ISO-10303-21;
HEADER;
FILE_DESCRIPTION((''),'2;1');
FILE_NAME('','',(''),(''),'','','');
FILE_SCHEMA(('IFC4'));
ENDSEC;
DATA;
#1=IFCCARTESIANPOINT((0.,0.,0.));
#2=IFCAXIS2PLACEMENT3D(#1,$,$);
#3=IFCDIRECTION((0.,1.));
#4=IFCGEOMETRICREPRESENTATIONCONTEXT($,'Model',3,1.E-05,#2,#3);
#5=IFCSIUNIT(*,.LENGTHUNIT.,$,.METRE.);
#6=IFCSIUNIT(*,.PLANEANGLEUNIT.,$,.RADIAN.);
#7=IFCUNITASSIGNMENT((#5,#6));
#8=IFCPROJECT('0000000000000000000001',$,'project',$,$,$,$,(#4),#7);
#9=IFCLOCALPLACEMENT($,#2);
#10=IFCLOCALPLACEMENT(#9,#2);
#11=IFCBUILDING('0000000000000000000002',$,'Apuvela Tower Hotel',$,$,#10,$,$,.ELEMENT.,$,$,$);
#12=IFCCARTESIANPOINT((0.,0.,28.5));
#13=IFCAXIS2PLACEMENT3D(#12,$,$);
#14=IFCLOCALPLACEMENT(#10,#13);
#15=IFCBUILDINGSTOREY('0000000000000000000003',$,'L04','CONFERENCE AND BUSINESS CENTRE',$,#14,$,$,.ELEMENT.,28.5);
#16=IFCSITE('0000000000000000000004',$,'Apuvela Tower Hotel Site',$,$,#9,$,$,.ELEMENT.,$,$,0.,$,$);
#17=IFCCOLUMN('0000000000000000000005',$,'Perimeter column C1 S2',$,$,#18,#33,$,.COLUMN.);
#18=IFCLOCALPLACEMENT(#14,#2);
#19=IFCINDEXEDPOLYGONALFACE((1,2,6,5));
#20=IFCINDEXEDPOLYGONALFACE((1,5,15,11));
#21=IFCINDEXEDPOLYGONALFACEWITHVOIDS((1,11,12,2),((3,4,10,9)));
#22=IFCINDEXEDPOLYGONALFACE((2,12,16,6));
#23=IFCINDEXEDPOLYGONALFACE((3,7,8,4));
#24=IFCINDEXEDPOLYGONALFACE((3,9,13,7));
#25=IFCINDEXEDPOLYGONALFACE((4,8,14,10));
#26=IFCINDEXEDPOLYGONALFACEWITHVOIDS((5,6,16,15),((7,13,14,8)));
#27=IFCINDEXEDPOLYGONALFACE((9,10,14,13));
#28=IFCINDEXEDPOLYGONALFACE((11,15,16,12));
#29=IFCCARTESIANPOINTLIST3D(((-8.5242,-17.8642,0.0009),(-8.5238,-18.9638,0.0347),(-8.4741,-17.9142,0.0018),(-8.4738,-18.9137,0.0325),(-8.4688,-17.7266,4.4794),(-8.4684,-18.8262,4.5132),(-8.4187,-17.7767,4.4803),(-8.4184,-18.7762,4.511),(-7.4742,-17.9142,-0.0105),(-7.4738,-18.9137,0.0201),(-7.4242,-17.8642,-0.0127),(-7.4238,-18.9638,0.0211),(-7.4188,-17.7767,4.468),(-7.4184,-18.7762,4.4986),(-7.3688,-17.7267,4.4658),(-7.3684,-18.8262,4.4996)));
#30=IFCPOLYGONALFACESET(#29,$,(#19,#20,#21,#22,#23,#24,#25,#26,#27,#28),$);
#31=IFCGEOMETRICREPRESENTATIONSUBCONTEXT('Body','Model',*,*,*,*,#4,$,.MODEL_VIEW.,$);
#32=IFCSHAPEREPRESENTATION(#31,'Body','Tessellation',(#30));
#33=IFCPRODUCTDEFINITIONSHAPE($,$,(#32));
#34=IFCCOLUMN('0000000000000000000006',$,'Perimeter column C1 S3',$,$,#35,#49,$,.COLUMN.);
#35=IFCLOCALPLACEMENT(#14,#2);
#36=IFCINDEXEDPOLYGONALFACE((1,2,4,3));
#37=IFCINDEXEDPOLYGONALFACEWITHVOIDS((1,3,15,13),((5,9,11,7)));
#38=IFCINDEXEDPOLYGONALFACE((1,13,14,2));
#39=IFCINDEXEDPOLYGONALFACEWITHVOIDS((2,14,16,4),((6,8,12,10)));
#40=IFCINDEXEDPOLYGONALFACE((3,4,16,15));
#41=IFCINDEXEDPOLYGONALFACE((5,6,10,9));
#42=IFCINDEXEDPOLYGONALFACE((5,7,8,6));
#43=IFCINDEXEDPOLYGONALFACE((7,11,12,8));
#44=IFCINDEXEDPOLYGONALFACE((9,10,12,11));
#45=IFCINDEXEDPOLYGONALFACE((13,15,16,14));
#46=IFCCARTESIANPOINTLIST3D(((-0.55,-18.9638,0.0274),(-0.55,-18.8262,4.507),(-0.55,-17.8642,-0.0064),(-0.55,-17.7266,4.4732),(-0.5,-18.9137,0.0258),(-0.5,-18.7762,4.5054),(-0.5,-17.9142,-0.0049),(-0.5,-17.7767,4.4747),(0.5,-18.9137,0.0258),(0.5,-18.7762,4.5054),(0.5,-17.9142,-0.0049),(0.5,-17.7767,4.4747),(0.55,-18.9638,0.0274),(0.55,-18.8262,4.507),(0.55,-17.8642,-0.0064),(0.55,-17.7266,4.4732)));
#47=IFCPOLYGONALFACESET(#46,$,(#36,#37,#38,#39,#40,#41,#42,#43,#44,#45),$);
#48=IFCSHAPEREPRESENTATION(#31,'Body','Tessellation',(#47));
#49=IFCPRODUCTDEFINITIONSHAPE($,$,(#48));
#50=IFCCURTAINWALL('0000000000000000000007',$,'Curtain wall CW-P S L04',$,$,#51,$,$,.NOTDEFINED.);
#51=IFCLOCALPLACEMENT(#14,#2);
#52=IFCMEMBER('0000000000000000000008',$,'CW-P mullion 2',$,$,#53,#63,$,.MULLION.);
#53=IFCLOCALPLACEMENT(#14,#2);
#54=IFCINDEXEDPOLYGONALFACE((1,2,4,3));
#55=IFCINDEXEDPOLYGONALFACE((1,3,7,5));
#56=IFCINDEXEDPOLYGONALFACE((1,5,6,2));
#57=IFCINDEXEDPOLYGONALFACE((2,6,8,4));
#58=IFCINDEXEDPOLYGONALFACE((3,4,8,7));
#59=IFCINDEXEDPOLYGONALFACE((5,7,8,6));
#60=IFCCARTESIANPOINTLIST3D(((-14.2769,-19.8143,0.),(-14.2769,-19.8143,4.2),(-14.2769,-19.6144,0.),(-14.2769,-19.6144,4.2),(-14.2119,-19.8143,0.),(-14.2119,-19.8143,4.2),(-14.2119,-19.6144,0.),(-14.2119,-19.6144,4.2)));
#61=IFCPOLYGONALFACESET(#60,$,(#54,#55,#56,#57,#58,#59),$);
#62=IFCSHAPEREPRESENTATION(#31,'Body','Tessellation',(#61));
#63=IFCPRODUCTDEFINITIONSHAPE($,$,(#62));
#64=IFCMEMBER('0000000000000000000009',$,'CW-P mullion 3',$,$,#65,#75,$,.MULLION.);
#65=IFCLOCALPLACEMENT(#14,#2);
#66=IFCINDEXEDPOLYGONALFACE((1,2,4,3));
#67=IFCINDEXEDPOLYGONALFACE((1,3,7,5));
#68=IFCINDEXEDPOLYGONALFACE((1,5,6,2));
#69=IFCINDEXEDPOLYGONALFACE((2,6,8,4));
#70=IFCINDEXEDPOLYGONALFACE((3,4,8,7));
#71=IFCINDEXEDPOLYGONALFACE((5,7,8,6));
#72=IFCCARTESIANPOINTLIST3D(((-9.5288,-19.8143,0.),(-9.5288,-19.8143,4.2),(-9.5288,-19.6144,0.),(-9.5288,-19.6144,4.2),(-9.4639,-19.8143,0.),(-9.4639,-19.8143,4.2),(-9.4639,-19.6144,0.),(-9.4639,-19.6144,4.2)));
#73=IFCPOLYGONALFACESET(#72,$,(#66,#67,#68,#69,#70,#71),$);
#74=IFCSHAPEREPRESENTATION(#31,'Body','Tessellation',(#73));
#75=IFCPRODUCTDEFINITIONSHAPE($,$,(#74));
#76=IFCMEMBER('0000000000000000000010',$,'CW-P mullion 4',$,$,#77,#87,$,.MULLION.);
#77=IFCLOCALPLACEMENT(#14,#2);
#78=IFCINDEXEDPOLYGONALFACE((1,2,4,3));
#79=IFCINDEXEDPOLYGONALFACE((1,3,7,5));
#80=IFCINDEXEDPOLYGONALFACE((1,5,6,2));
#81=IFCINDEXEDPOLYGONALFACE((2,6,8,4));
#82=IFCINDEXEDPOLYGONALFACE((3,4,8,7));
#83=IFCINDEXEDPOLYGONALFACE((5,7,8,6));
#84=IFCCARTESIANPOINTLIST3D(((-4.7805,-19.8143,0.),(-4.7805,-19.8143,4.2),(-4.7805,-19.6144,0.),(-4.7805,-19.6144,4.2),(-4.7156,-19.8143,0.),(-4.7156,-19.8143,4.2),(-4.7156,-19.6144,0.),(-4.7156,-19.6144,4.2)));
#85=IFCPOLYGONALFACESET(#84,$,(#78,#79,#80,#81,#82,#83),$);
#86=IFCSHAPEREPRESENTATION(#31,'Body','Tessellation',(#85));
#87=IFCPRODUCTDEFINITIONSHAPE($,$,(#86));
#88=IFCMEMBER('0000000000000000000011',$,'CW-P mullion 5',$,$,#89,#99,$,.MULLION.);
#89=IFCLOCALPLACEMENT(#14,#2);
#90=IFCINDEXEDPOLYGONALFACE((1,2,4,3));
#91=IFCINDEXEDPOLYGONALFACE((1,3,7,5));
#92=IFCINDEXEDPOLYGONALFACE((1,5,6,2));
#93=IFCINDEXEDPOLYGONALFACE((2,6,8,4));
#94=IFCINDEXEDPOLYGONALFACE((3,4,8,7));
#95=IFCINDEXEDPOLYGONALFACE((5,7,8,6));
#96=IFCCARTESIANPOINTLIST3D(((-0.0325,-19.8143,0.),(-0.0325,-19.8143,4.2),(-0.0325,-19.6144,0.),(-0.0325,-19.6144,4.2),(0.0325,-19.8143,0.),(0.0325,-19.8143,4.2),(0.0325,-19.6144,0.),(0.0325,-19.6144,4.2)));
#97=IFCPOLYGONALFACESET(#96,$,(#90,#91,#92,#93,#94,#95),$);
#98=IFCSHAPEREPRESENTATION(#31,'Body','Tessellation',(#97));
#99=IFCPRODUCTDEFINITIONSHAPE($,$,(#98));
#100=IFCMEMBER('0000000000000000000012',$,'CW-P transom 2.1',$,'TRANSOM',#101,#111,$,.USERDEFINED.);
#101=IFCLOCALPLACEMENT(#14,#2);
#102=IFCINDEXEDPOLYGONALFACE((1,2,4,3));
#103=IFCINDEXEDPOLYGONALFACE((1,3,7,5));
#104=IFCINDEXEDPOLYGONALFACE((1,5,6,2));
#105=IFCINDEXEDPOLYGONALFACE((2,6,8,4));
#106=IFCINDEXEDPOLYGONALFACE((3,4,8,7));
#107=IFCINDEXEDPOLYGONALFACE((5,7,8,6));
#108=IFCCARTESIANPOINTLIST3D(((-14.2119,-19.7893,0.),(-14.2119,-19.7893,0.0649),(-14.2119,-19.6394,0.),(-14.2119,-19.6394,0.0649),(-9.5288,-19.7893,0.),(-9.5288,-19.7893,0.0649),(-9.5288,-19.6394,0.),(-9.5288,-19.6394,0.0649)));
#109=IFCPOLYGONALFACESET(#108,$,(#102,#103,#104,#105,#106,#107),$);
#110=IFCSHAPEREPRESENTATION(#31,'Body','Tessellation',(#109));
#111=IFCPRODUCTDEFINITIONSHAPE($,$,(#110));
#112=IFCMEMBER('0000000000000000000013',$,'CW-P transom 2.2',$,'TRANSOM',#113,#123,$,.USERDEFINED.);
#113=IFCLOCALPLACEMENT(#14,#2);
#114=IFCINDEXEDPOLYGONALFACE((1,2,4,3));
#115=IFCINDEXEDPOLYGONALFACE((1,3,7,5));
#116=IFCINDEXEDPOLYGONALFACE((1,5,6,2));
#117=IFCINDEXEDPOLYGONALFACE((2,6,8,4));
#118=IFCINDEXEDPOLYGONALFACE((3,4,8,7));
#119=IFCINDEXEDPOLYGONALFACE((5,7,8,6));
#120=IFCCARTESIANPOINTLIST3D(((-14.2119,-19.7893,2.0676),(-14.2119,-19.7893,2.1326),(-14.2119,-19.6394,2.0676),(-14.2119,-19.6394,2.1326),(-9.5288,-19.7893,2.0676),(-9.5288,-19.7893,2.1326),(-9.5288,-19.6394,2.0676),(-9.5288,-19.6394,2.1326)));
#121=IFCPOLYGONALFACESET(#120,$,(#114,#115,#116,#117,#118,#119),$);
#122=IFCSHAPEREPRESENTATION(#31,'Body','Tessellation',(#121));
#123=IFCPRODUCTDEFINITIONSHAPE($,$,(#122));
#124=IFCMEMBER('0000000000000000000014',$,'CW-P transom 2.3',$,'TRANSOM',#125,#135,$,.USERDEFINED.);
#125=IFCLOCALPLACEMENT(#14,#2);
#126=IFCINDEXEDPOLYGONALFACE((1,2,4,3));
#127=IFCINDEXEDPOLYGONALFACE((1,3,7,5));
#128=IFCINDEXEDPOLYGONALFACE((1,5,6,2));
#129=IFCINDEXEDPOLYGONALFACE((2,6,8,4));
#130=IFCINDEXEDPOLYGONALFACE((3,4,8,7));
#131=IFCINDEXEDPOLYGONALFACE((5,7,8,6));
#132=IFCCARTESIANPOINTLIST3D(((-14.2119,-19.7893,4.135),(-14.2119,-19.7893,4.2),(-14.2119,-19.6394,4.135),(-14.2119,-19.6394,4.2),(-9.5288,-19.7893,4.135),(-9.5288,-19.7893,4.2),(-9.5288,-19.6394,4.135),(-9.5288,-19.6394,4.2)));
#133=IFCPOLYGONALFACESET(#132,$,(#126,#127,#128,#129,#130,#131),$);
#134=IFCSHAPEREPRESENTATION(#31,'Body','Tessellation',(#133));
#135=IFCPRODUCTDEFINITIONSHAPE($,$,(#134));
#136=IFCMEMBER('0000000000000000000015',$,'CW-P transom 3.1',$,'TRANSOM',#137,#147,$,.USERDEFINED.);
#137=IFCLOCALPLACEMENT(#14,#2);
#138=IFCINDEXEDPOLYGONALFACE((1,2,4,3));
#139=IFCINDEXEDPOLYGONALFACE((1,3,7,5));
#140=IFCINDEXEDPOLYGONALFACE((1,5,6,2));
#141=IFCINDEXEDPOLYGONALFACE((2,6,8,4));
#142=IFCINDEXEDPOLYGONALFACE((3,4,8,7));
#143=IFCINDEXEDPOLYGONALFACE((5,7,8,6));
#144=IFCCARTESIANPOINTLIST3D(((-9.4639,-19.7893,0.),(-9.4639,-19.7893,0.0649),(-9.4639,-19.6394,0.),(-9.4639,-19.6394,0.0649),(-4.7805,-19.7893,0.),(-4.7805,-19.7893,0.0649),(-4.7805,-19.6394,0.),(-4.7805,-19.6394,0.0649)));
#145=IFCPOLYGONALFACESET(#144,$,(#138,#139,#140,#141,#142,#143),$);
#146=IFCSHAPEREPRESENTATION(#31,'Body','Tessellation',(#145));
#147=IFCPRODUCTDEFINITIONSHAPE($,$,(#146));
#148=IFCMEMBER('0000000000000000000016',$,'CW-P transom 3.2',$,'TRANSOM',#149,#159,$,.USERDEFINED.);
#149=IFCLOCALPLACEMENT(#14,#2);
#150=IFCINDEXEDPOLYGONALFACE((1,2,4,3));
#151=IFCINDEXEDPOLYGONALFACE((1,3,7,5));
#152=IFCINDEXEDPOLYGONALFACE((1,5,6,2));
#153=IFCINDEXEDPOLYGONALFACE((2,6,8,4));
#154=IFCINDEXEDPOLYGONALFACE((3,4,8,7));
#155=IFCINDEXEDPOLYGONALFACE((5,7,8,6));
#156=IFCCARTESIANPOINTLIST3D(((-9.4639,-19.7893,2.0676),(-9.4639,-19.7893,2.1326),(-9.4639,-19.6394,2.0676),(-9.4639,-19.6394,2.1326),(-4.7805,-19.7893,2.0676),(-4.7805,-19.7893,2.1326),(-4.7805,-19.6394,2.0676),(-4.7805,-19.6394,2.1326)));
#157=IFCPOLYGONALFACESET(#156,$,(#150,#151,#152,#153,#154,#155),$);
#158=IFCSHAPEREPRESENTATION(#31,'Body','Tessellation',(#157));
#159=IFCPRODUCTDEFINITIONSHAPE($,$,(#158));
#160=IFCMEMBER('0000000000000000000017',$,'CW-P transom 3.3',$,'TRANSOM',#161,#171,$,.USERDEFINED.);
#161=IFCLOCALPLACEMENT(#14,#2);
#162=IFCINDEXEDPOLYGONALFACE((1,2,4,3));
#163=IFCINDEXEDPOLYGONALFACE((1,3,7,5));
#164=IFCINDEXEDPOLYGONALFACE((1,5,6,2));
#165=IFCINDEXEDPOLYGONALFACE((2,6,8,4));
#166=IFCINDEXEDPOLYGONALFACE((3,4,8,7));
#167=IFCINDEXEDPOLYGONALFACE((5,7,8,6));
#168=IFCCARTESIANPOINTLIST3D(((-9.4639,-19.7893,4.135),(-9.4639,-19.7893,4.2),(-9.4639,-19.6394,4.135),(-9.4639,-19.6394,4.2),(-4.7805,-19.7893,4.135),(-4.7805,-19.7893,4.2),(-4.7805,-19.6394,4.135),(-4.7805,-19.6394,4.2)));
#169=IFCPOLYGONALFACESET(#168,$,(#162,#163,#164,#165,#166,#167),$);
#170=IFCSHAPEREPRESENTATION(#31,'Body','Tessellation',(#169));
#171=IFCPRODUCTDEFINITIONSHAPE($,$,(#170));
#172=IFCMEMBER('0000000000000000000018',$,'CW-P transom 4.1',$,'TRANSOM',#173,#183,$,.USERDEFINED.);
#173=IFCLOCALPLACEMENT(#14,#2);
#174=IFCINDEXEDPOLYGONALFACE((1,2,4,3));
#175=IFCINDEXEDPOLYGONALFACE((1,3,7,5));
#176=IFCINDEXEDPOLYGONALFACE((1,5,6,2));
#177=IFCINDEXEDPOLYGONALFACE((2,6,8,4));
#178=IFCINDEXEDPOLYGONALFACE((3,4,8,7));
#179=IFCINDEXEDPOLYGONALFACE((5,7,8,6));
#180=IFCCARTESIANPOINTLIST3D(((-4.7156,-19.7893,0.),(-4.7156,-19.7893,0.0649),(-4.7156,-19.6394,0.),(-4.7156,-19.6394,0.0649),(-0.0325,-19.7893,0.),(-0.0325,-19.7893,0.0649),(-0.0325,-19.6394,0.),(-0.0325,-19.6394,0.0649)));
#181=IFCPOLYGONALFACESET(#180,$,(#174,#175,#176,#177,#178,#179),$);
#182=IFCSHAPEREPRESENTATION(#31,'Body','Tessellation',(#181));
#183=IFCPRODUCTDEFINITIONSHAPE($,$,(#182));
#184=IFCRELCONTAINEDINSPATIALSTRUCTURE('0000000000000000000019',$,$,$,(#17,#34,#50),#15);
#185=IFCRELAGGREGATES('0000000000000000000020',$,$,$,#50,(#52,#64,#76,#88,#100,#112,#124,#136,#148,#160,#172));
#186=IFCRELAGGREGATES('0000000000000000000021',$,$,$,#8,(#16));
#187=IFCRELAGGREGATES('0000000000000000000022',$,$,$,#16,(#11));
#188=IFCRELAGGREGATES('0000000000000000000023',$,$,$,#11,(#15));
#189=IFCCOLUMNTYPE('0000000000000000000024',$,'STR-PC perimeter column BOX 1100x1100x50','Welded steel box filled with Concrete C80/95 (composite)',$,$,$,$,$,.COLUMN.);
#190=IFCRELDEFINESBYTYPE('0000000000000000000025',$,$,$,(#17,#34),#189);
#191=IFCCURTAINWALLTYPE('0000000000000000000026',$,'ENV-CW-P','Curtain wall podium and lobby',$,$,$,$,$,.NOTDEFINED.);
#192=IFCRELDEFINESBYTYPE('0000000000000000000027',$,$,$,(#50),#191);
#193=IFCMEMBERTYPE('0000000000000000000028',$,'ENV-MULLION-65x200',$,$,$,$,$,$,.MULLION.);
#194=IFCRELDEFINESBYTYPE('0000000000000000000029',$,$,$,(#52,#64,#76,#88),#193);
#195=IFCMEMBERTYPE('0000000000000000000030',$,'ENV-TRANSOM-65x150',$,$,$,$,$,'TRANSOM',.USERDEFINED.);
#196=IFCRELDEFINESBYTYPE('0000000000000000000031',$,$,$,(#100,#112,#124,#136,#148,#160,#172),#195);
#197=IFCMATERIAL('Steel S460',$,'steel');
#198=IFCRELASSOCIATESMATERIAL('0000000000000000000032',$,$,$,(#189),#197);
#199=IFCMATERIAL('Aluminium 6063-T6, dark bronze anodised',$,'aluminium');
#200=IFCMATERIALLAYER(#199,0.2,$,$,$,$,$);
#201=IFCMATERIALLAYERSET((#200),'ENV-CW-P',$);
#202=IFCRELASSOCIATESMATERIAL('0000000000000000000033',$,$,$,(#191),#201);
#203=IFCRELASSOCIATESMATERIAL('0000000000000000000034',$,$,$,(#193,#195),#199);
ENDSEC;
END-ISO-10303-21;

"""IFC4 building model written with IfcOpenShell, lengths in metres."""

from ifc_helpers import new_model, si_unit, direction, frame, origin, origin_2d, place, context, subcontext, project, spatial, rectangle, hollow_rectangle, extrude, boolean, halfspace, material, layer, layer_set, material_profile, profile_set, type_object, element, aggregate, save


model = new_model("IFC4")

# Units and contexts
model_context = context("Model", 3, precision=1e-05, world=origin(), true_north=direction((0.0, 1.0)))
body_context = subcontext(model_context, "Body", "Model", "MODEL_VIEW")
ifc_project = project(units=[si_unit("LENGTHUNIT", "METRE"), si_unit("PLANEANGLEUNIT", "RADIAN")], contexts=[model_context])

# Site, building, storey
site_placement = place(None, origin())
site = spatial("IfcSite", under=ifc_project, at=site_placement, Name="Apuvela Tower Hotel Site", CompositionType="ELEMENT", RefElevation=0.0)
building_placement = place(site_placement, origin())
building = spatial("IfcBuilding", under=site, at=building_placement, Name="Apuvela Tower Hotel", CompositionType="ELEMENT")
storey_placement = place(building_placement, frame((0.0, 0.0, 28.5)))
storey = spatial("IfcBuildingStorey", under=building, at=storey_placement, Name="L04", Description="CONFERENCE AND BUSINESS CENTRE", CompositionType="ELEMENT", Elevation=28.5)

# Columns
ifc_material_1 = material(Name="Steel S460", Category="steel")
ifc_material_profile_1 = material_profile(ifc_material_1, hollow_rectangle(XDim=1.1001, YDim=1.1001, WallThickness=0.05, at=origin_2d()), Name="BOX 1100x1100x50")
ifc_material_2 = material(Name="Concrete C80/95", Category="concrete")
ifc_material_profile_2 = material_profile(ifc_material_2, rectangle(XDim=1.0, YDim=1.0, at=origin_2d()), Name="Concrete C80/95 infill")
ifc_profile_set_1 = profile_set([ifc_material_profile_1, ifc_material_profile_2], Name="Steel S460")
column_type = type_object("IfcColumnType", Name="STR-PC perimeter column BOX 1100x1100x50", Description="Welded steel box filled with Concrete C80/95 (composite)", PredefinedType="COLUMN", material=ifc_profile_set_1)
column_1_placement = place(storey_placement, frame((-7.9741, -18.4143, 0.0), z_axis=(0.012363, 0.030691, 0.999452), x_axis=(-0.999924, 0.000014, 0.012368)))
element("IfcColumn", 1, at=column_1_placement, inside=storey, type_object=column_type, Name="Perimeter column C1 S2", PredefinedType="COLUMN", context=body_context, shape_type="SweptSolid", body=[
    boolean("DIFFERENCE", boolean("DIFFERENCE", extrude(hollow_rectangle(XDim=1.1001, YDim=1.1001, WallThickness=0.05, at=origin_2d()), origin(), (0.0, 0.0, 1.0), 4.5024), halfspace(frame((0.0, 0.0, 0.011), z_axis=(0.0, 0.0, 1.0), x_axis=(1.0, 0.0, 0.0)), True)), halfspace(frame((0.0, 0.0, 4.4919), z_axis=(0.0, 0.0, 1.0), x_axis=(1.0, 0.0, 0.0)), False)),
])
column_2_placement = place(storey_placement, frame((0.0, -18.4143, 0.0), z_axis=(0.0, 0.030693, 0.999529), x_axis=(-1.0, 0.0, 0.0)))
element("IfcColumn", 2, at=column_2_placement, inside=storey, type_object=column_type, Name="Perimeter column C1 S3", PredefinedType="COLUMN", context=body_context, shape_type="SweptSolid", body=[
    boolean("DIFFERENCE", boolean("DIFFERENCE", extrude(hollow_rectangle(XDim=1.1001, YDim=1.1001, WallThickness=0.05, at=origin_2d()), origin(), (0.0, 0.0, 1.0), 4.5022), halfspace(frame((0.0, 0.0, 0.0105), z_axis=(0.0, 0.0, 1.0), x_axis=(1.0, 0.0, 0.0)), True)), halfspace(frame((0.0, 0.0, 4.4922), z_axis=(0.0, 0.0, 1.0), x_axis=(1.0, 0.0, 0.0)), False)),
])

# Curtain wall, members
ifc_material_3 = material(Name="Aluminium 6063-T6, dark bronze anodised", Category="aluminium")
ifc_layer_1 = layer(ifc_material_3, 0.2)
ifc_layer_set_1 = layer_set([ifc_layer_1], Name="ENV-CW-P")
curtain_wall_type = type_object("IfcCurtainWallType", Name="ENV-CW-P", Description="Curtain wall podium and lobby", PredefinedType="NOTDEFINED", material=ifc_layer_set_1)
curtain_wall_placement = place(storey_placement, origin())
curtain_wall = element("IfcCurtainWall", 3, at=curtain_wall_placement, inside=storey, type_object=curtain_wall_type, Name="Curtain wall CW-P S L04", PredefinedType="NOTDEFINED")
ifc_material_profile_3 = material_profile(ifc_material_3, rectangle(XDim=0.2, YDim=0.0649, at=origin_2d()), Name="AL 65x200")
ifc_profile_set_2 = profile_set([ifc_material_profile_3], Name="Aluminium 6063-T6, dark bronze anodised")
member_type_1 = type_object("IfcMemberType", Name="ENV-MULLION-65x200", PredefinedType="MULLION", material=ifc_profile_set_2)
member_1_placement = place(storey_placement, frame((-14.2444, -19.7144, 0.0), z_axis=(0.0, 0.0, 1.0), x_axis=(0.0, 1.0, 0.0)))
member_1 = element("IfcMember", 4, at=member_1_placement, type_object=member_type_1, Name="CW-P mullion 2", PredefinedType="MULLION", context=body_context, shape_type="SweptSolid", body=[
    extrude(rectangle(XDim=0.2, YDim=0.0649, at=origin_2d()), origin(), (0.0, 0.0, 1.0), 4.2),
])
member_2_placement = place(storey_placement, frame((-9.4963, -19.7144, 0.0), z_axis=(0.0, 0.0, 1.0), x_axis=(0.0, 1.0, 0.0)))
member_2 = element("IfcMember", 5, at=member_2_placement, type_object=member_type_1, Name="CW-P mullion 3", PredefinedType="MULLION", context=body_context, shape_type="SweptSolid", body=[
    extrude(rectangle(XDim=0.2, YDim=0.0649, at=origin_2d()), origin(), (0.0, 0.0, 1.0), 4.2),
])
member_3_placement = place(storey_placement, frame((-4.748, -19.7144, 0.0), z_axis=(0.0, 0.0, 1.0), x_axis=(0.0, 1.0, 0.0)))
member_3 = element("IfcMember", 6, at=member_3_placement, type_object=member_type_1, Name="CW-P mullion 4", PredefinedType="MULLION", context=body_context, shape_type="SweptSolid", body=[
    extrude(rectangle(XDim=0.2, YDim=0.0649, at=origin_2d()), origin(), (0.0, 0.0, 1.0), 4.2),
])
member_4_placement = place(storey_placement, frame((0.0, -19.7144, 0.0), z_axis=(0.0, 0.0, 1.0), x_axis=(0.0, 1.0, 0.0)))
member_4 = element("IfcMember", 7, at=member_4_placement, type_object=member_type_1, Name="CW-P mullion 5", PredefinedType="MULLION", context=body_context, shape_type="SweptSolid", body=[
    extrude(rectangle(XDim=0.2, YDim=0.0649, at=origin_2d()), origin(), (0.0, 0.0, 1.0), 4.2),
])
ifc_material_profile_4 = material_profile(ifc_material_3, rectangle(XDim=0.1499, YDim=0.0649, at=origin_2d()), Name="AL 65x150 transom")
ifc_profile_set_3 = profile_set([ifc_material_profile_4], Name="Aluminium 6063-T6, dark bronze anodised")
member_type_2 = type_object("IfcMemberType", Name="ENV-TRANSOM-65x150", ElementType="TRANSOM", PredefinedType="USERDEFINED", material=ifc_profile_set_3)
member_5_placement = place(storey_placement, frame((-14.2119, -19.7144, 0.0325), z_axis=(1.0, 0.0, 0.0), x_axis=(0.0, 1.0, 0.0)))
member_5 = element("IfcMember", 8, at=member_5_placement, type_object=member_type_2, Name="CW-P transom 2.1", ObjectType="TRANSOM", PredefinedType="USERDEFINED", context=body_context, shape_type="SweptSolid", body=[
    extrude(rectangle(XDim=0.1499, YDim=0.0649, at=origin_2d()), origin(), (0.0, 0.0, 1.0), 4.6831),
])
member_6_placement = place(storey_placement, frame((-14.2119, -19.7144, 2.1001), z_axis=(1.0, 0.0, 0.0), x_axis=(0.0, 1.0, 0.0)))
member_6 = element("IfcMember", 9, at=member_6_placement, type_object=member_type_2, Name="CW-P transom 2.2", ObjectType="TRANSOM", PredefinedType="USERDEFINED", context=body_context, shape_type="SweptSolid", body=[
    extrude(rectangle(XDim=0.1499, YDim=0.0649, at=origin_2d()), origin(), (0.0, 0.0, 1.0), 4.6831),
])
member_7_placement = place(storey_placement, frame((-14.2119, -19.7144, 4.1675), z_axis=(1.0, 0.0, 0.0), x_axis=(0.0, 1.0, 0.0)))
member_7 = element("IfcMember", 10, at=member_7_placement, type_object=member_type_2, Name="CW-P transom 2.3", ObjectType="TRANSOM", PredefinedType="USERDEFINED", context=body_context, shape_type="SweptSolid", body=[
    extrude(rectangle(XDim=0.1499, YDim=0.0649, at=origin_2d()), origin(), (0.0, 0.0, 1.0), 4.6831),
])
member_8_placement = place(storey_placement, frame((-9.4639, -19.7144, 0.0325), z_axis=(1.0, 0.0, 0.0), x_axis=(0.0, 1.0, 0.0)))
member_8 = element("IfcMember", 11, at=member_8_placement, type_object=member_type_2, Name="CW-P transom 3.1", ObjectType="TRANSOM", PredefinedType="USERDEFINED", context=body_context, shape_type="SweptSolid", body=[
    extrude(rectangle(XDim=0.1499, YDim=0.0649, at=origin_2d()), origin(), (0.0, 0.0, 1.0), 4.6833),
])
member_9_placement = place(storey_placement, frame((-9.4639, -19.7144, 2.1001), z_axis=(1.0, 0.0, 0.0), x_axis=(0.0, 1.0, 0.0)))
member_9 = element("IfcMember", 12, at=member_9_placement, type_object=member_type_2, Name="CW-P transom 3.2", ObjectType="TRANSOM", PredefinedType="USERDEFINED", context=body_context, shape_type="SweptSolid", body=[
    extrude(rectangle(XDim=0.1499, YDim=0.0649, at=origin_2d()), origin(), (0.0, 0.0, 1.0), 4.6833),
])
member_10_placement = place(storey_placement, frame((-9.4639, -19.7144, 4.1675), z_axis=(1.0, 0.0, 0.0), x_axis=(0.0, 1.0, 0.0)))
member_10 = element("IfcMember", 13, at=member_10_placement, type_object=member_type_2, Name="CW-P transom 3.3", ObjectType="TRANSOM", PredefinedType="USERDEFINED", context=body_context, shape_type="SweptSolid", body=[
    extrude(rectangle(XDim=0.1499, YDim=0.0649, at=origin_2d()), origin(), (0.0, 0.0, 1.0), 4.6833),
])
member_11_placement = place(storey_placement, frame((-4.7156, -19.7144, 0.0325), z_axis=(1.0, 0.0, 0.0), x_axis=(0.0, 1.0, 0.0)))
member_11 = element("IfcMember", 14, at=member_11_placement, type_object=member_type_2, Name="CW-P transom 4.1", ObjectType="TRANSOM", PredefinedType="USERDEFINED", context=body_context, shape_type="SweptSolid", body=[
    extrude(rectangle(XDim=0.1499, YDim=0.0649, at=origin_2d()), origin(), (0.0, 0.0, 1.0), 4.6831),
])

aggregate(curtain_wall, [member_1, member_2, member_3, member_4, member_5, member_6, member_7, member_8, member_9, member_10, member_11])

save(model, "model.ifc")
